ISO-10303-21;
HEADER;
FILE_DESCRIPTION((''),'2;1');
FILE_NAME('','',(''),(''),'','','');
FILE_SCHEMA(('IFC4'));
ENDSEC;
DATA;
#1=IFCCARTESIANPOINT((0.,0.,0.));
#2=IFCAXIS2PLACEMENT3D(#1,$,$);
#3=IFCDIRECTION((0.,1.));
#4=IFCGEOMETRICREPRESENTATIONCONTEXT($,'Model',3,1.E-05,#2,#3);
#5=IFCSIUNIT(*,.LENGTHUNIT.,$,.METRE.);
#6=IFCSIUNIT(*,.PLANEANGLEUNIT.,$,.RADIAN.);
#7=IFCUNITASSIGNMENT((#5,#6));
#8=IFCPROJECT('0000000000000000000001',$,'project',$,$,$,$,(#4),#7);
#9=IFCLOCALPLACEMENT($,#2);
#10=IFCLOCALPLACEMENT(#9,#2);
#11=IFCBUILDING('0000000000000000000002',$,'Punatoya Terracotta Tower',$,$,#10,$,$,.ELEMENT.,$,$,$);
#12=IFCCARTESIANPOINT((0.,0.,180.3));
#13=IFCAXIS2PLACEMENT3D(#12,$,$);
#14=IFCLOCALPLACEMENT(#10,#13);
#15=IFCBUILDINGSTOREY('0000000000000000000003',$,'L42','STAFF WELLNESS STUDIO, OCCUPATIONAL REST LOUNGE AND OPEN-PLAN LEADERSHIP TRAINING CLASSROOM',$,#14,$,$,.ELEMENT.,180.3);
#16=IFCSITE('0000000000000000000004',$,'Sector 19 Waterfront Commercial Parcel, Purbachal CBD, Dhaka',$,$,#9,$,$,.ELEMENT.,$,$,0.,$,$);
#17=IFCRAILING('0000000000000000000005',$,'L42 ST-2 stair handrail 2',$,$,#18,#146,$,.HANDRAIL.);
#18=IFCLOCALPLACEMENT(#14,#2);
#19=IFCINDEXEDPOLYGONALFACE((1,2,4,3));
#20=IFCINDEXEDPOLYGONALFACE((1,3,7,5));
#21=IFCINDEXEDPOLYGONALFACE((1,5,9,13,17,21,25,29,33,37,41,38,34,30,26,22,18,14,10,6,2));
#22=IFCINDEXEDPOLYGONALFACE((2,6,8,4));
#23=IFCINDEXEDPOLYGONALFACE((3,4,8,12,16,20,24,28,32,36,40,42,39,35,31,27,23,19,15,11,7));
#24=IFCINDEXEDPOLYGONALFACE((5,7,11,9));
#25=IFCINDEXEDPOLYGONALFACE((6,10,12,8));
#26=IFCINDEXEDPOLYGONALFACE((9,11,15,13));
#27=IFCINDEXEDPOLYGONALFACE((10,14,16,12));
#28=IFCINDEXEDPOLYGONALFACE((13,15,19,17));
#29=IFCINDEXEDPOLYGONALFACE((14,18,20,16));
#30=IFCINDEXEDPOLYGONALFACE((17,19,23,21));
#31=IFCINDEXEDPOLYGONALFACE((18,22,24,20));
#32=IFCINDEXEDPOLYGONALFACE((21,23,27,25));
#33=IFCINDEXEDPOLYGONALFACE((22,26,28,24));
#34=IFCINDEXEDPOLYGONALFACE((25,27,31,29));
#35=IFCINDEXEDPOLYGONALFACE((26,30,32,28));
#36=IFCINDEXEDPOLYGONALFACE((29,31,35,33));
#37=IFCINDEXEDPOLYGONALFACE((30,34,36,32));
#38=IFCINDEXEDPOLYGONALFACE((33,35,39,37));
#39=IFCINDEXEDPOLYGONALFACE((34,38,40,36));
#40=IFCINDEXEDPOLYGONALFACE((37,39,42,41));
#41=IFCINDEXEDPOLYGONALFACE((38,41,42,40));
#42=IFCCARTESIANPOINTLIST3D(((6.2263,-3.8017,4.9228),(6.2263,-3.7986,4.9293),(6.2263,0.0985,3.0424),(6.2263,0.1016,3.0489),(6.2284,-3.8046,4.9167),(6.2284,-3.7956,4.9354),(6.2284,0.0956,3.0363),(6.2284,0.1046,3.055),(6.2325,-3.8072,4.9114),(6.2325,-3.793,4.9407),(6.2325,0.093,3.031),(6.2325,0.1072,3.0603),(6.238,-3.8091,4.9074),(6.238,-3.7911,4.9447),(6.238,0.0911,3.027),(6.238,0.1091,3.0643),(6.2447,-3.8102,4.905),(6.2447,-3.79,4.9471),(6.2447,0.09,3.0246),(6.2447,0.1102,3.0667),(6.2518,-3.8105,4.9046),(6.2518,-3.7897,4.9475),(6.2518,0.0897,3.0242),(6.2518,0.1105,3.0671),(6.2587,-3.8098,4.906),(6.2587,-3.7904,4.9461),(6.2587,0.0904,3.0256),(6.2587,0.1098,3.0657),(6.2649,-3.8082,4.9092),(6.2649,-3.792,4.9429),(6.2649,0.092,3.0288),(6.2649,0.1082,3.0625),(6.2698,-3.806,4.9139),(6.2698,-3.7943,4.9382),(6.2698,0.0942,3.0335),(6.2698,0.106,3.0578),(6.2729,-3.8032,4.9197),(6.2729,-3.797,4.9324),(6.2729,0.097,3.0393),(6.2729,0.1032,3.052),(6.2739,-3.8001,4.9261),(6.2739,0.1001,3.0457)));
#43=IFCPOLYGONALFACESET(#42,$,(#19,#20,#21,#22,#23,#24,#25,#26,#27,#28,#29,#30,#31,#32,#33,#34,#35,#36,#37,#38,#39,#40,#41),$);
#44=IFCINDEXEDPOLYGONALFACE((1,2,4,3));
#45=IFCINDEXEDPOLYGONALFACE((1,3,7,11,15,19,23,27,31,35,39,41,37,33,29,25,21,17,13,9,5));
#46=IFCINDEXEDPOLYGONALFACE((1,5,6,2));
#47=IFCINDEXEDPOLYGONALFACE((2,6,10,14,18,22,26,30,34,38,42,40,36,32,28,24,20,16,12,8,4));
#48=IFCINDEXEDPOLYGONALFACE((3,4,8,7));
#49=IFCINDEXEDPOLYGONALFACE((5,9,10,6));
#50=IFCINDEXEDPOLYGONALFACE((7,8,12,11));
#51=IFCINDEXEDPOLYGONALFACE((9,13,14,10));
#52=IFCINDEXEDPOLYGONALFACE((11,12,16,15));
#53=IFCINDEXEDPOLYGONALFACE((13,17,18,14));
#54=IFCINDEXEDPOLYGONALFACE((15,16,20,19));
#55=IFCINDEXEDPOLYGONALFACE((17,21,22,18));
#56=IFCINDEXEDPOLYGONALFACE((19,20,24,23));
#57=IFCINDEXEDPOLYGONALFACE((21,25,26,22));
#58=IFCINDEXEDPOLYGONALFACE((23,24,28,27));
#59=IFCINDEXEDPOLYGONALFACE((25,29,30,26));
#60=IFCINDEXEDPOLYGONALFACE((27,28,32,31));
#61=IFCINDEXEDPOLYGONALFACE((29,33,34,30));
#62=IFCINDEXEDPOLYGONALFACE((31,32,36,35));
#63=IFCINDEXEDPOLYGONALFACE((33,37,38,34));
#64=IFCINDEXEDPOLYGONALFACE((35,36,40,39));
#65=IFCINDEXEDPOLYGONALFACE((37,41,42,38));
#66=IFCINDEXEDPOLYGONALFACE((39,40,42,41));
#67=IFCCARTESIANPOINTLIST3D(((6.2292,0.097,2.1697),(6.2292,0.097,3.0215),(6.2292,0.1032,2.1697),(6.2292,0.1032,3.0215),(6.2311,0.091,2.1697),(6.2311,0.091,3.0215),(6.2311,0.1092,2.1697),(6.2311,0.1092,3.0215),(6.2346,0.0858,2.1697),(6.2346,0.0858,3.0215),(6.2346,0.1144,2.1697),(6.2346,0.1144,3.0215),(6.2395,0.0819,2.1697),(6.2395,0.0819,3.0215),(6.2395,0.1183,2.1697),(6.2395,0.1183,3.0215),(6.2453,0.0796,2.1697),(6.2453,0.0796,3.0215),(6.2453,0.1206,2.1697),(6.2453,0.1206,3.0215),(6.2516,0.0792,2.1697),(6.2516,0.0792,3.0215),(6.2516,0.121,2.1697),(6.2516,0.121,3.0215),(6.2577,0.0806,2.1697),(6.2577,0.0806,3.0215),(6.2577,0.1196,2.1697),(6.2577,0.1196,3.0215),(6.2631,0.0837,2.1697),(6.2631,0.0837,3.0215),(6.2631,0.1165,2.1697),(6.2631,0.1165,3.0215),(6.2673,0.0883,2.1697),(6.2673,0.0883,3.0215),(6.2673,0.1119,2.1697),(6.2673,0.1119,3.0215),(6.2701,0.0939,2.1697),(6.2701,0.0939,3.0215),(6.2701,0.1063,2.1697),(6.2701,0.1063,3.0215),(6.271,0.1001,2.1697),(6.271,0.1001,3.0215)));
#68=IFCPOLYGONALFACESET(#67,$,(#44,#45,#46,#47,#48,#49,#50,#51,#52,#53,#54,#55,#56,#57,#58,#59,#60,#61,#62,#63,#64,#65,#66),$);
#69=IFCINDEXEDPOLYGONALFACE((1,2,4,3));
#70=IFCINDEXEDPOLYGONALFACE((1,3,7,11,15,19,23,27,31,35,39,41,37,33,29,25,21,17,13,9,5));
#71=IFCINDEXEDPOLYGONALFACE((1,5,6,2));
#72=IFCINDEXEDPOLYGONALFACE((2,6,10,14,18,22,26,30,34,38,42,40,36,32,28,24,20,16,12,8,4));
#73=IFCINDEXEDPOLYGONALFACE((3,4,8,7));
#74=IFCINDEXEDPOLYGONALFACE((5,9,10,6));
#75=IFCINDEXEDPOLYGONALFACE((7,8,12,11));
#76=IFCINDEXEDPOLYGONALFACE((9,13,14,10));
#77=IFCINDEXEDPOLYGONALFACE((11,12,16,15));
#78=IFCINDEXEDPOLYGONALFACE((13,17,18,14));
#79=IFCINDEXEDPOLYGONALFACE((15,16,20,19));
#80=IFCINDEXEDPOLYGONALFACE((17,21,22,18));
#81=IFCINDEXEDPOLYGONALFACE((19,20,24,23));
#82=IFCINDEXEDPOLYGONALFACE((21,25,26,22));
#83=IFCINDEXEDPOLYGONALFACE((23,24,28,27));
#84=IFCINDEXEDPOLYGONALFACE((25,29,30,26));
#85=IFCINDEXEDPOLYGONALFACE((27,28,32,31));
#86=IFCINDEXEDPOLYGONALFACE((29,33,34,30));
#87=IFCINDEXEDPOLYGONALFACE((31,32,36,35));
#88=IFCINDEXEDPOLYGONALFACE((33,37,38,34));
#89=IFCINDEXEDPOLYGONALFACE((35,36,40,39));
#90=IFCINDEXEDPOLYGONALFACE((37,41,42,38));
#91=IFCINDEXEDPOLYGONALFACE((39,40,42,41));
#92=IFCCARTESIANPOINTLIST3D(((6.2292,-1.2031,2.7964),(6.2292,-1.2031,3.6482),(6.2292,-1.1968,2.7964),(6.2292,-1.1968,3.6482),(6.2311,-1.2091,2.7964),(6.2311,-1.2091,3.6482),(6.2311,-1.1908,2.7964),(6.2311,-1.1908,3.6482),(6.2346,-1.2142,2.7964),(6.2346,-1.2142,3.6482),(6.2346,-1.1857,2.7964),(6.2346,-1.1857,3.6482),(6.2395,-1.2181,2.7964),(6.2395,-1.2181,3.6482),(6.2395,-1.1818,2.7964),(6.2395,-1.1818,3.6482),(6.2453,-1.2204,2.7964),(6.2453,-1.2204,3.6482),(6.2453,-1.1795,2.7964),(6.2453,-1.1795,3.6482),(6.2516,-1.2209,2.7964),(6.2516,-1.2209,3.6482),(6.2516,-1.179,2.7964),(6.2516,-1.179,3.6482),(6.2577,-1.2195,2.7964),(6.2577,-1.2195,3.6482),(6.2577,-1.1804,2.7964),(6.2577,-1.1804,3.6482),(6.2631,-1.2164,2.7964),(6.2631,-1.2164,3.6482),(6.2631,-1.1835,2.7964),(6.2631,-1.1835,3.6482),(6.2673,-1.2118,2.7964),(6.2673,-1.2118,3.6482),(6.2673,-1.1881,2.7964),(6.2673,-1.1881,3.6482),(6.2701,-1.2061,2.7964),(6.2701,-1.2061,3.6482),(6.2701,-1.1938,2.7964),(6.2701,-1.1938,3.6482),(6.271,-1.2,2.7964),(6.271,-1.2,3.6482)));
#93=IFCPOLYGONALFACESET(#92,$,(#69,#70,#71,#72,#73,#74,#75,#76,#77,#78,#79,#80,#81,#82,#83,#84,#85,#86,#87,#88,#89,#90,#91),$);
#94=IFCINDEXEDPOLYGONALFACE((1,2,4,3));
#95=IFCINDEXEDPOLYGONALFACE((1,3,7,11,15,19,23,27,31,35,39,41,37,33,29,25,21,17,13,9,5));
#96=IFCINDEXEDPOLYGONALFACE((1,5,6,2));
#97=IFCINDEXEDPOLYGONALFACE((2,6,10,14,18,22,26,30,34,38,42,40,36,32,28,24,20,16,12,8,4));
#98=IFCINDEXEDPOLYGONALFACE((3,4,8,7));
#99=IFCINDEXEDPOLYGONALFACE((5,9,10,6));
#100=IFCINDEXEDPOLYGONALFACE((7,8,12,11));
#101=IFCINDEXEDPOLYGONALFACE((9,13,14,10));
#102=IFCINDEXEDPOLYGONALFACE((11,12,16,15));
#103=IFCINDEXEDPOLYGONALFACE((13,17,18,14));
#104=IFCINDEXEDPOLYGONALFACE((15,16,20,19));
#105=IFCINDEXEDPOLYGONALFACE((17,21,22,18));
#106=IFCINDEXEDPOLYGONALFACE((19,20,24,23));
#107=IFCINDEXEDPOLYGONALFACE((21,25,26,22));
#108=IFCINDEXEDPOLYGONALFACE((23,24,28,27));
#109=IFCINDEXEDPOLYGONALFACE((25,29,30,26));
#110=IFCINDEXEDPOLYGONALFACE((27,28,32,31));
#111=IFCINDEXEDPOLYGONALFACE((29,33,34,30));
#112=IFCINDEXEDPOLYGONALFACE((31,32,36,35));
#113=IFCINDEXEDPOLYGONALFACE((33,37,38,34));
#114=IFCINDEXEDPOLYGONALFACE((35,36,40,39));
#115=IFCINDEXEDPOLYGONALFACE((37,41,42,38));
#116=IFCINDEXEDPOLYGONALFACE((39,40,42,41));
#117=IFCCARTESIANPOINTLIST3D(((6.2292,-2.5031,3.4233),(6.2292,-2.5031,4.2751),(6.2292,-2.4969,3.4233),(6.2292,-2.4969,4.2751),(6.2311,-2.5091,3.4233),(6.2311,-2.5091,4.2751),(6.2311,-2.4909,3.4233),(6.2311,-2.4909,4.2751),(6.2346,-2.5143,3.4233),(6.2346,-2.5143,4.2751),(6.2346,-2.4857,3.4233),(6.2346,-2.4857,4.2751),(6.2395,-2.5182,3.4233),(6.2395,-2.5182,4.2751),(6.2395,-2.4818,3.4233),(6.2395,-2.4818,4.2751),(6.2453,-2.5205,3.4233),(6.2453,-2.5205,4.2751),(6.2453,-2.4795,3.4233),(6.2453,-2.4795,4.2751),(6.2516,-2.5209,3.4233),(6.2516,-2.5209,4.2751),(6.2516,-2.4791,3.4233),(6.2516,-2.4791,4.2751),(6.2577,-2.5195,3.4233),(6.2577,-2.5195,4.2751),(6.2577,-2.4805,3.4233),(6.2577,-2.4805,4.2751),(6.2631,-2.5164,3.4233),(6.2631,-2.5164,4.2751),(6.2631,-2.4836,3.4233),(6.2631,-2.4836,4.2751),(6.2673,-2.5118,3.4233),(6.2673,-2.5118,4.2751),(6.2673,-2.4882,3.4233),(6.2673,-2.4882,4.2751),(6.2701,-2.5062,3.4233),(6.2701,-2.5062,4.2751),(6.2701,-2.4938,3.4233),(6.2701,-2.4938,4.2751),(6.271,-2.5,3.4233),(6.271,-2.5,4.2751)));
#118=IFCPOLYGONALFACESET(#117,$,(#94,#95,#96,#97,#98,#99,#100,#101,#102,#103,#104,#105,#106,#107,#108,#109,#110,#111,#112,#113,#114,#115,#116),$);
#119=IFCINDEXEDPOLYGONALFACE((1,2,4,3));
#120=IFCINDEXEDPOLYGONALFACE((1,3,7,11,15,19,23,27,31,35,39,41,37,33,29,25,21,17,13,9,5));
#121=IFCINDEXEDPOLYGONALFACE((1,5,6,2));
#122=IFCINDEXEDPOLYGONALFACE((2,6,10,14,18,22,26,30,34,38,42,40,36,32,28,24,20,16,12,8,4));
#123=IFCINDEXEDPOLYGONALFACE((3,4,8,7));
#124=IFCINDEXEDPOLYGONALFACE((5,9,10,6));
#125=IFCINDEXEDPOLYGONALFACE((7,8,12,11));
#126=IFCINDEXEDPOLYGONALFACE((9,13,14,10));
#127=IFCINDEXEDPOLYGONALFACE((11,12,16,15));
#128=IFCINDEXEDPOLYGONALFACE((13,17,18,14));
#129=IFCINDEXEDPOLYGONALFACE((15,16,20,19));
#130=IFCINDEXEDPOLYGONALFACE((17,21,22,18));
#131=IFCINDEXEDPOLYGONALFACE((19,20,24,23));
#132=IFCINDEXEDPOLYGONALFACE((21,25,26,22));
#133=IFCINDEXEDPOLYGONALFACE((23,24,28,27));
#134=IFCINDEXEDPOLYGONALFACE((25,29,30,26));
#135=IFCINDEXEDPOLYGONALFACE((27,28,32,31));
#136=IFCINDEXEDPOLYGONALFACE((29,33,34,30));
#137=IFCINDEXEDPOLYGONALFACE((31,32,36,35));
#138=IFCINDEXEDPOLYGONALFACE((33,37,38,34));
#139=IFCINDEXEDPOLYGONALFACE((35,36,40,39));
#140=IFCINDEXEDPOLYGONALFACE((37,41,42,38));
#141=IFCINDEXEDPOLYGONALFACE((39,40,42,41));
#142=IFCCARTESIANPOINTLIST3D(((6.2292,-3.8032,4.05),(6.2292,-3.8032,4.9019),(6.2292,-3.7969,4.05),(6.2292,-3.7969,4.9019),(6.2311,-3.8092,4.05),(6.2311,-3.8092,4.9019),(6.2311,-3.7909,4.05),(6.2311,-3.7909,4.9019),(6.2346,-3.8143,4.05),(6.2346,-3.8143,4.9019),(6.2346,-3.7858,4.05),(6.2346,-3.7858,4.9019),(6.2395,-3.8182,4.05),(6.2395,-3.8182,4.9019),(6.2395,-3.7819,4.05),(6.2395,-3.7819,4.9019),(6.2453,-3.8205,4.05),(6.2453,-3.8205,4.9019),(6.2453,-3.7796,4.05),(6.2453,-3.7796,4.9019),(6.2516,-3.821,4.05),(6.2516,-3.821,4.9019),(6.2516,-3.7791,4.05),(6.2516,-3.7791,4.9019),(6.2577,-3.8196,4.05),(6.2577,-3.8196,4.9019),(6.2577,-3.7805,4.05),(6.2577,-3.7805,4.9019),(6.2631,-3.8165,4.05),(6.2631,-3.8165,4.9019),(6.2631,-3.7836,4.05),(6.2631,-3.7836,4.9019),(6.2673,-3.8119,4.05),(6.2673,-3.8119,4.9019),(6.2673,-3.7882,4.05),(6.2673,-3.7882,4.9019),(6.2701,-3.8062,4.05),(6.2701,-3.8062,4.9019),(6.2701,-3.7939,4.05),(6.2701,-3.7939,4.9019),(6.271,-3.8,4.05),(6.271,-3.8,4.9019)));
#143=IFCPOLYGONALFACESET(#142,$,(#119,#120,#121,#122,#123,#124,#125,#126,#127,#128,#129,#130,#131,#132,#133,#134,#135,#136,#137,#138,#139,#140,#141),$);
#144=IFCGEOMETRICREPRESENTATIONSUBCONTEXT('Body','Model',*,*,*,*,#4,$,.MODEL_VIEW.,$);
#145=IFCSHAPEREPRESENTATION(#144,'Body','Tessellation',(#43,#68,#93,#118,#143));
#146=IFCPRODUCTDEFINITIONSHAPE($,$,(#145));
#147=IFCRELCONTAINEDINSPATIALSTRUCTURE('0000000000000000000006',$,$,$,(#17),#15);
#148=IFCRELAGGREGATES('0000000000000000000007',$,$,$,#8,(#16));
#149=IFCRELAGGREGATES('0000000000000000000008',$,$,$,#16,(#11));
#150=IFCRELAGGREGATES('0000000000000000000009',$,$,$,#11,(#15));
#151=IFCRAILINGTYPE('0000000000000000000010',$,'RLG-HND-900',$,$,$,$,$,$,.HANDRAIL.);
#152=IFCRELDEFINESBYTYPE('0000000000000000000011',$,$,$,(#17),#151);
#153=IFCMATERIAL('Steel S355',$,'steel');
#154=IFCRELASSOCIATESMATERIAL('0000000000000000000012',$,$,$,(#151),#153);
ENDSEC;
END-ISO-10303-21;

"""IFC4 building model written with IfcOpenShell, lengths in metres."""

from ifc_helpers import new_model, si_unit, direction, frame, origin, origin_2d, place, context, subcontext, project, spatial, circle, extrude, material, type_object, element, save


model = new_model("IFC4")

# Units and contexts
model_context = context("Model", 3, precision=1e-05, world=origin(), true_north=direction((0.0, 1.0)))
body_context = subcontext(model_context, "Body", "Model", "MODEL_VIEW")
ifc_project = project(units=[si_unit("LENGTHUNIT", "METRE"), si_unit("PLANEANGLEUNIT", "RADIAN")], contexts=[model_context])

# Site, building, storey
site_placement = place(None, origin())
site = spatial("IfcSite", under=ifc_project, at=site_placement, Name="Sector 19 Waterfront Commercial Parcel, Purbachal CBD, Dhaka", CompositionType="ELEMENT", RefElevation=0.0)
building_placement = place(site_placement, origin())
building = spatial("IfcBuilding", under=site, at=building_placement, Name="Punatoya Terracotta Tower", CompositionType="ELEMENT")
storey_placement = place(building_placement, frame((0.0, 0.0, 180.3)))
storey = spatial("IfcBuildingStorey", under=building, at=storey_placement, Name="L42", Description="STAFF WELLNESS STUDIO, OCCUPATIONAL REST LOUNGE AND OPEN-PLAN LEADERSHIP TRAINING CLASSROOM", CompositionType="ELEMENT", Elevation=180.3)

# Shared definitions
ifc_material_1 = material(Name="Steel S355", Category="steel")

# Railing
railing_type_1 = type_object("IfcRailingType", Name="RLG-HND-900", PredefinedType="HANDRAIL", material=ifc_material_1)
railing_1_placement = place(storey_placement, frame((6.25, 0.1001, 2.1697)))
element("IfcRailing", 1, at=railing_1_placement, inside=storey, type_object=railing_type_1, Name="L42 ST-2 stair handrail 2", PredefinedType="HANDRAIL", context=body_context, shape_type="SweptSolid", body=[
    extrude(circle(Radius=0.0239, at=origin_2d()), frame((0.0, 0.0, 0.876), z_axis=(0.0, -0.900774, 0.434289), x_axis=(1.0, 0.0, 0.0)), (0.0, 0.0, 1.0), 4.3298),
    extrude(circle(Radius=0.021, at=origin_2d()), origin(), (0.0, 0.0, 1.0), 0.8518),
    extrude(circle(Radius=0.021, at=origin_2d()), frame((0.0, -1.3, 0.6267)), (0.0, 0.0, 1.0), 0.8518),
    extrude(circle(Radius=0.021, at=origin_2d()), frame((0.0, -2.6001, 1.2537)), (0.0, 0.0, 1.0), 0.8518),
    extrude(circle(Radius=0.021, at=origin_2d()), frame((0.0, -3.9001, 1.8804)), (0.0, 0.0, 1.0), 0.8518),
])

save(model, "model.ifc")
